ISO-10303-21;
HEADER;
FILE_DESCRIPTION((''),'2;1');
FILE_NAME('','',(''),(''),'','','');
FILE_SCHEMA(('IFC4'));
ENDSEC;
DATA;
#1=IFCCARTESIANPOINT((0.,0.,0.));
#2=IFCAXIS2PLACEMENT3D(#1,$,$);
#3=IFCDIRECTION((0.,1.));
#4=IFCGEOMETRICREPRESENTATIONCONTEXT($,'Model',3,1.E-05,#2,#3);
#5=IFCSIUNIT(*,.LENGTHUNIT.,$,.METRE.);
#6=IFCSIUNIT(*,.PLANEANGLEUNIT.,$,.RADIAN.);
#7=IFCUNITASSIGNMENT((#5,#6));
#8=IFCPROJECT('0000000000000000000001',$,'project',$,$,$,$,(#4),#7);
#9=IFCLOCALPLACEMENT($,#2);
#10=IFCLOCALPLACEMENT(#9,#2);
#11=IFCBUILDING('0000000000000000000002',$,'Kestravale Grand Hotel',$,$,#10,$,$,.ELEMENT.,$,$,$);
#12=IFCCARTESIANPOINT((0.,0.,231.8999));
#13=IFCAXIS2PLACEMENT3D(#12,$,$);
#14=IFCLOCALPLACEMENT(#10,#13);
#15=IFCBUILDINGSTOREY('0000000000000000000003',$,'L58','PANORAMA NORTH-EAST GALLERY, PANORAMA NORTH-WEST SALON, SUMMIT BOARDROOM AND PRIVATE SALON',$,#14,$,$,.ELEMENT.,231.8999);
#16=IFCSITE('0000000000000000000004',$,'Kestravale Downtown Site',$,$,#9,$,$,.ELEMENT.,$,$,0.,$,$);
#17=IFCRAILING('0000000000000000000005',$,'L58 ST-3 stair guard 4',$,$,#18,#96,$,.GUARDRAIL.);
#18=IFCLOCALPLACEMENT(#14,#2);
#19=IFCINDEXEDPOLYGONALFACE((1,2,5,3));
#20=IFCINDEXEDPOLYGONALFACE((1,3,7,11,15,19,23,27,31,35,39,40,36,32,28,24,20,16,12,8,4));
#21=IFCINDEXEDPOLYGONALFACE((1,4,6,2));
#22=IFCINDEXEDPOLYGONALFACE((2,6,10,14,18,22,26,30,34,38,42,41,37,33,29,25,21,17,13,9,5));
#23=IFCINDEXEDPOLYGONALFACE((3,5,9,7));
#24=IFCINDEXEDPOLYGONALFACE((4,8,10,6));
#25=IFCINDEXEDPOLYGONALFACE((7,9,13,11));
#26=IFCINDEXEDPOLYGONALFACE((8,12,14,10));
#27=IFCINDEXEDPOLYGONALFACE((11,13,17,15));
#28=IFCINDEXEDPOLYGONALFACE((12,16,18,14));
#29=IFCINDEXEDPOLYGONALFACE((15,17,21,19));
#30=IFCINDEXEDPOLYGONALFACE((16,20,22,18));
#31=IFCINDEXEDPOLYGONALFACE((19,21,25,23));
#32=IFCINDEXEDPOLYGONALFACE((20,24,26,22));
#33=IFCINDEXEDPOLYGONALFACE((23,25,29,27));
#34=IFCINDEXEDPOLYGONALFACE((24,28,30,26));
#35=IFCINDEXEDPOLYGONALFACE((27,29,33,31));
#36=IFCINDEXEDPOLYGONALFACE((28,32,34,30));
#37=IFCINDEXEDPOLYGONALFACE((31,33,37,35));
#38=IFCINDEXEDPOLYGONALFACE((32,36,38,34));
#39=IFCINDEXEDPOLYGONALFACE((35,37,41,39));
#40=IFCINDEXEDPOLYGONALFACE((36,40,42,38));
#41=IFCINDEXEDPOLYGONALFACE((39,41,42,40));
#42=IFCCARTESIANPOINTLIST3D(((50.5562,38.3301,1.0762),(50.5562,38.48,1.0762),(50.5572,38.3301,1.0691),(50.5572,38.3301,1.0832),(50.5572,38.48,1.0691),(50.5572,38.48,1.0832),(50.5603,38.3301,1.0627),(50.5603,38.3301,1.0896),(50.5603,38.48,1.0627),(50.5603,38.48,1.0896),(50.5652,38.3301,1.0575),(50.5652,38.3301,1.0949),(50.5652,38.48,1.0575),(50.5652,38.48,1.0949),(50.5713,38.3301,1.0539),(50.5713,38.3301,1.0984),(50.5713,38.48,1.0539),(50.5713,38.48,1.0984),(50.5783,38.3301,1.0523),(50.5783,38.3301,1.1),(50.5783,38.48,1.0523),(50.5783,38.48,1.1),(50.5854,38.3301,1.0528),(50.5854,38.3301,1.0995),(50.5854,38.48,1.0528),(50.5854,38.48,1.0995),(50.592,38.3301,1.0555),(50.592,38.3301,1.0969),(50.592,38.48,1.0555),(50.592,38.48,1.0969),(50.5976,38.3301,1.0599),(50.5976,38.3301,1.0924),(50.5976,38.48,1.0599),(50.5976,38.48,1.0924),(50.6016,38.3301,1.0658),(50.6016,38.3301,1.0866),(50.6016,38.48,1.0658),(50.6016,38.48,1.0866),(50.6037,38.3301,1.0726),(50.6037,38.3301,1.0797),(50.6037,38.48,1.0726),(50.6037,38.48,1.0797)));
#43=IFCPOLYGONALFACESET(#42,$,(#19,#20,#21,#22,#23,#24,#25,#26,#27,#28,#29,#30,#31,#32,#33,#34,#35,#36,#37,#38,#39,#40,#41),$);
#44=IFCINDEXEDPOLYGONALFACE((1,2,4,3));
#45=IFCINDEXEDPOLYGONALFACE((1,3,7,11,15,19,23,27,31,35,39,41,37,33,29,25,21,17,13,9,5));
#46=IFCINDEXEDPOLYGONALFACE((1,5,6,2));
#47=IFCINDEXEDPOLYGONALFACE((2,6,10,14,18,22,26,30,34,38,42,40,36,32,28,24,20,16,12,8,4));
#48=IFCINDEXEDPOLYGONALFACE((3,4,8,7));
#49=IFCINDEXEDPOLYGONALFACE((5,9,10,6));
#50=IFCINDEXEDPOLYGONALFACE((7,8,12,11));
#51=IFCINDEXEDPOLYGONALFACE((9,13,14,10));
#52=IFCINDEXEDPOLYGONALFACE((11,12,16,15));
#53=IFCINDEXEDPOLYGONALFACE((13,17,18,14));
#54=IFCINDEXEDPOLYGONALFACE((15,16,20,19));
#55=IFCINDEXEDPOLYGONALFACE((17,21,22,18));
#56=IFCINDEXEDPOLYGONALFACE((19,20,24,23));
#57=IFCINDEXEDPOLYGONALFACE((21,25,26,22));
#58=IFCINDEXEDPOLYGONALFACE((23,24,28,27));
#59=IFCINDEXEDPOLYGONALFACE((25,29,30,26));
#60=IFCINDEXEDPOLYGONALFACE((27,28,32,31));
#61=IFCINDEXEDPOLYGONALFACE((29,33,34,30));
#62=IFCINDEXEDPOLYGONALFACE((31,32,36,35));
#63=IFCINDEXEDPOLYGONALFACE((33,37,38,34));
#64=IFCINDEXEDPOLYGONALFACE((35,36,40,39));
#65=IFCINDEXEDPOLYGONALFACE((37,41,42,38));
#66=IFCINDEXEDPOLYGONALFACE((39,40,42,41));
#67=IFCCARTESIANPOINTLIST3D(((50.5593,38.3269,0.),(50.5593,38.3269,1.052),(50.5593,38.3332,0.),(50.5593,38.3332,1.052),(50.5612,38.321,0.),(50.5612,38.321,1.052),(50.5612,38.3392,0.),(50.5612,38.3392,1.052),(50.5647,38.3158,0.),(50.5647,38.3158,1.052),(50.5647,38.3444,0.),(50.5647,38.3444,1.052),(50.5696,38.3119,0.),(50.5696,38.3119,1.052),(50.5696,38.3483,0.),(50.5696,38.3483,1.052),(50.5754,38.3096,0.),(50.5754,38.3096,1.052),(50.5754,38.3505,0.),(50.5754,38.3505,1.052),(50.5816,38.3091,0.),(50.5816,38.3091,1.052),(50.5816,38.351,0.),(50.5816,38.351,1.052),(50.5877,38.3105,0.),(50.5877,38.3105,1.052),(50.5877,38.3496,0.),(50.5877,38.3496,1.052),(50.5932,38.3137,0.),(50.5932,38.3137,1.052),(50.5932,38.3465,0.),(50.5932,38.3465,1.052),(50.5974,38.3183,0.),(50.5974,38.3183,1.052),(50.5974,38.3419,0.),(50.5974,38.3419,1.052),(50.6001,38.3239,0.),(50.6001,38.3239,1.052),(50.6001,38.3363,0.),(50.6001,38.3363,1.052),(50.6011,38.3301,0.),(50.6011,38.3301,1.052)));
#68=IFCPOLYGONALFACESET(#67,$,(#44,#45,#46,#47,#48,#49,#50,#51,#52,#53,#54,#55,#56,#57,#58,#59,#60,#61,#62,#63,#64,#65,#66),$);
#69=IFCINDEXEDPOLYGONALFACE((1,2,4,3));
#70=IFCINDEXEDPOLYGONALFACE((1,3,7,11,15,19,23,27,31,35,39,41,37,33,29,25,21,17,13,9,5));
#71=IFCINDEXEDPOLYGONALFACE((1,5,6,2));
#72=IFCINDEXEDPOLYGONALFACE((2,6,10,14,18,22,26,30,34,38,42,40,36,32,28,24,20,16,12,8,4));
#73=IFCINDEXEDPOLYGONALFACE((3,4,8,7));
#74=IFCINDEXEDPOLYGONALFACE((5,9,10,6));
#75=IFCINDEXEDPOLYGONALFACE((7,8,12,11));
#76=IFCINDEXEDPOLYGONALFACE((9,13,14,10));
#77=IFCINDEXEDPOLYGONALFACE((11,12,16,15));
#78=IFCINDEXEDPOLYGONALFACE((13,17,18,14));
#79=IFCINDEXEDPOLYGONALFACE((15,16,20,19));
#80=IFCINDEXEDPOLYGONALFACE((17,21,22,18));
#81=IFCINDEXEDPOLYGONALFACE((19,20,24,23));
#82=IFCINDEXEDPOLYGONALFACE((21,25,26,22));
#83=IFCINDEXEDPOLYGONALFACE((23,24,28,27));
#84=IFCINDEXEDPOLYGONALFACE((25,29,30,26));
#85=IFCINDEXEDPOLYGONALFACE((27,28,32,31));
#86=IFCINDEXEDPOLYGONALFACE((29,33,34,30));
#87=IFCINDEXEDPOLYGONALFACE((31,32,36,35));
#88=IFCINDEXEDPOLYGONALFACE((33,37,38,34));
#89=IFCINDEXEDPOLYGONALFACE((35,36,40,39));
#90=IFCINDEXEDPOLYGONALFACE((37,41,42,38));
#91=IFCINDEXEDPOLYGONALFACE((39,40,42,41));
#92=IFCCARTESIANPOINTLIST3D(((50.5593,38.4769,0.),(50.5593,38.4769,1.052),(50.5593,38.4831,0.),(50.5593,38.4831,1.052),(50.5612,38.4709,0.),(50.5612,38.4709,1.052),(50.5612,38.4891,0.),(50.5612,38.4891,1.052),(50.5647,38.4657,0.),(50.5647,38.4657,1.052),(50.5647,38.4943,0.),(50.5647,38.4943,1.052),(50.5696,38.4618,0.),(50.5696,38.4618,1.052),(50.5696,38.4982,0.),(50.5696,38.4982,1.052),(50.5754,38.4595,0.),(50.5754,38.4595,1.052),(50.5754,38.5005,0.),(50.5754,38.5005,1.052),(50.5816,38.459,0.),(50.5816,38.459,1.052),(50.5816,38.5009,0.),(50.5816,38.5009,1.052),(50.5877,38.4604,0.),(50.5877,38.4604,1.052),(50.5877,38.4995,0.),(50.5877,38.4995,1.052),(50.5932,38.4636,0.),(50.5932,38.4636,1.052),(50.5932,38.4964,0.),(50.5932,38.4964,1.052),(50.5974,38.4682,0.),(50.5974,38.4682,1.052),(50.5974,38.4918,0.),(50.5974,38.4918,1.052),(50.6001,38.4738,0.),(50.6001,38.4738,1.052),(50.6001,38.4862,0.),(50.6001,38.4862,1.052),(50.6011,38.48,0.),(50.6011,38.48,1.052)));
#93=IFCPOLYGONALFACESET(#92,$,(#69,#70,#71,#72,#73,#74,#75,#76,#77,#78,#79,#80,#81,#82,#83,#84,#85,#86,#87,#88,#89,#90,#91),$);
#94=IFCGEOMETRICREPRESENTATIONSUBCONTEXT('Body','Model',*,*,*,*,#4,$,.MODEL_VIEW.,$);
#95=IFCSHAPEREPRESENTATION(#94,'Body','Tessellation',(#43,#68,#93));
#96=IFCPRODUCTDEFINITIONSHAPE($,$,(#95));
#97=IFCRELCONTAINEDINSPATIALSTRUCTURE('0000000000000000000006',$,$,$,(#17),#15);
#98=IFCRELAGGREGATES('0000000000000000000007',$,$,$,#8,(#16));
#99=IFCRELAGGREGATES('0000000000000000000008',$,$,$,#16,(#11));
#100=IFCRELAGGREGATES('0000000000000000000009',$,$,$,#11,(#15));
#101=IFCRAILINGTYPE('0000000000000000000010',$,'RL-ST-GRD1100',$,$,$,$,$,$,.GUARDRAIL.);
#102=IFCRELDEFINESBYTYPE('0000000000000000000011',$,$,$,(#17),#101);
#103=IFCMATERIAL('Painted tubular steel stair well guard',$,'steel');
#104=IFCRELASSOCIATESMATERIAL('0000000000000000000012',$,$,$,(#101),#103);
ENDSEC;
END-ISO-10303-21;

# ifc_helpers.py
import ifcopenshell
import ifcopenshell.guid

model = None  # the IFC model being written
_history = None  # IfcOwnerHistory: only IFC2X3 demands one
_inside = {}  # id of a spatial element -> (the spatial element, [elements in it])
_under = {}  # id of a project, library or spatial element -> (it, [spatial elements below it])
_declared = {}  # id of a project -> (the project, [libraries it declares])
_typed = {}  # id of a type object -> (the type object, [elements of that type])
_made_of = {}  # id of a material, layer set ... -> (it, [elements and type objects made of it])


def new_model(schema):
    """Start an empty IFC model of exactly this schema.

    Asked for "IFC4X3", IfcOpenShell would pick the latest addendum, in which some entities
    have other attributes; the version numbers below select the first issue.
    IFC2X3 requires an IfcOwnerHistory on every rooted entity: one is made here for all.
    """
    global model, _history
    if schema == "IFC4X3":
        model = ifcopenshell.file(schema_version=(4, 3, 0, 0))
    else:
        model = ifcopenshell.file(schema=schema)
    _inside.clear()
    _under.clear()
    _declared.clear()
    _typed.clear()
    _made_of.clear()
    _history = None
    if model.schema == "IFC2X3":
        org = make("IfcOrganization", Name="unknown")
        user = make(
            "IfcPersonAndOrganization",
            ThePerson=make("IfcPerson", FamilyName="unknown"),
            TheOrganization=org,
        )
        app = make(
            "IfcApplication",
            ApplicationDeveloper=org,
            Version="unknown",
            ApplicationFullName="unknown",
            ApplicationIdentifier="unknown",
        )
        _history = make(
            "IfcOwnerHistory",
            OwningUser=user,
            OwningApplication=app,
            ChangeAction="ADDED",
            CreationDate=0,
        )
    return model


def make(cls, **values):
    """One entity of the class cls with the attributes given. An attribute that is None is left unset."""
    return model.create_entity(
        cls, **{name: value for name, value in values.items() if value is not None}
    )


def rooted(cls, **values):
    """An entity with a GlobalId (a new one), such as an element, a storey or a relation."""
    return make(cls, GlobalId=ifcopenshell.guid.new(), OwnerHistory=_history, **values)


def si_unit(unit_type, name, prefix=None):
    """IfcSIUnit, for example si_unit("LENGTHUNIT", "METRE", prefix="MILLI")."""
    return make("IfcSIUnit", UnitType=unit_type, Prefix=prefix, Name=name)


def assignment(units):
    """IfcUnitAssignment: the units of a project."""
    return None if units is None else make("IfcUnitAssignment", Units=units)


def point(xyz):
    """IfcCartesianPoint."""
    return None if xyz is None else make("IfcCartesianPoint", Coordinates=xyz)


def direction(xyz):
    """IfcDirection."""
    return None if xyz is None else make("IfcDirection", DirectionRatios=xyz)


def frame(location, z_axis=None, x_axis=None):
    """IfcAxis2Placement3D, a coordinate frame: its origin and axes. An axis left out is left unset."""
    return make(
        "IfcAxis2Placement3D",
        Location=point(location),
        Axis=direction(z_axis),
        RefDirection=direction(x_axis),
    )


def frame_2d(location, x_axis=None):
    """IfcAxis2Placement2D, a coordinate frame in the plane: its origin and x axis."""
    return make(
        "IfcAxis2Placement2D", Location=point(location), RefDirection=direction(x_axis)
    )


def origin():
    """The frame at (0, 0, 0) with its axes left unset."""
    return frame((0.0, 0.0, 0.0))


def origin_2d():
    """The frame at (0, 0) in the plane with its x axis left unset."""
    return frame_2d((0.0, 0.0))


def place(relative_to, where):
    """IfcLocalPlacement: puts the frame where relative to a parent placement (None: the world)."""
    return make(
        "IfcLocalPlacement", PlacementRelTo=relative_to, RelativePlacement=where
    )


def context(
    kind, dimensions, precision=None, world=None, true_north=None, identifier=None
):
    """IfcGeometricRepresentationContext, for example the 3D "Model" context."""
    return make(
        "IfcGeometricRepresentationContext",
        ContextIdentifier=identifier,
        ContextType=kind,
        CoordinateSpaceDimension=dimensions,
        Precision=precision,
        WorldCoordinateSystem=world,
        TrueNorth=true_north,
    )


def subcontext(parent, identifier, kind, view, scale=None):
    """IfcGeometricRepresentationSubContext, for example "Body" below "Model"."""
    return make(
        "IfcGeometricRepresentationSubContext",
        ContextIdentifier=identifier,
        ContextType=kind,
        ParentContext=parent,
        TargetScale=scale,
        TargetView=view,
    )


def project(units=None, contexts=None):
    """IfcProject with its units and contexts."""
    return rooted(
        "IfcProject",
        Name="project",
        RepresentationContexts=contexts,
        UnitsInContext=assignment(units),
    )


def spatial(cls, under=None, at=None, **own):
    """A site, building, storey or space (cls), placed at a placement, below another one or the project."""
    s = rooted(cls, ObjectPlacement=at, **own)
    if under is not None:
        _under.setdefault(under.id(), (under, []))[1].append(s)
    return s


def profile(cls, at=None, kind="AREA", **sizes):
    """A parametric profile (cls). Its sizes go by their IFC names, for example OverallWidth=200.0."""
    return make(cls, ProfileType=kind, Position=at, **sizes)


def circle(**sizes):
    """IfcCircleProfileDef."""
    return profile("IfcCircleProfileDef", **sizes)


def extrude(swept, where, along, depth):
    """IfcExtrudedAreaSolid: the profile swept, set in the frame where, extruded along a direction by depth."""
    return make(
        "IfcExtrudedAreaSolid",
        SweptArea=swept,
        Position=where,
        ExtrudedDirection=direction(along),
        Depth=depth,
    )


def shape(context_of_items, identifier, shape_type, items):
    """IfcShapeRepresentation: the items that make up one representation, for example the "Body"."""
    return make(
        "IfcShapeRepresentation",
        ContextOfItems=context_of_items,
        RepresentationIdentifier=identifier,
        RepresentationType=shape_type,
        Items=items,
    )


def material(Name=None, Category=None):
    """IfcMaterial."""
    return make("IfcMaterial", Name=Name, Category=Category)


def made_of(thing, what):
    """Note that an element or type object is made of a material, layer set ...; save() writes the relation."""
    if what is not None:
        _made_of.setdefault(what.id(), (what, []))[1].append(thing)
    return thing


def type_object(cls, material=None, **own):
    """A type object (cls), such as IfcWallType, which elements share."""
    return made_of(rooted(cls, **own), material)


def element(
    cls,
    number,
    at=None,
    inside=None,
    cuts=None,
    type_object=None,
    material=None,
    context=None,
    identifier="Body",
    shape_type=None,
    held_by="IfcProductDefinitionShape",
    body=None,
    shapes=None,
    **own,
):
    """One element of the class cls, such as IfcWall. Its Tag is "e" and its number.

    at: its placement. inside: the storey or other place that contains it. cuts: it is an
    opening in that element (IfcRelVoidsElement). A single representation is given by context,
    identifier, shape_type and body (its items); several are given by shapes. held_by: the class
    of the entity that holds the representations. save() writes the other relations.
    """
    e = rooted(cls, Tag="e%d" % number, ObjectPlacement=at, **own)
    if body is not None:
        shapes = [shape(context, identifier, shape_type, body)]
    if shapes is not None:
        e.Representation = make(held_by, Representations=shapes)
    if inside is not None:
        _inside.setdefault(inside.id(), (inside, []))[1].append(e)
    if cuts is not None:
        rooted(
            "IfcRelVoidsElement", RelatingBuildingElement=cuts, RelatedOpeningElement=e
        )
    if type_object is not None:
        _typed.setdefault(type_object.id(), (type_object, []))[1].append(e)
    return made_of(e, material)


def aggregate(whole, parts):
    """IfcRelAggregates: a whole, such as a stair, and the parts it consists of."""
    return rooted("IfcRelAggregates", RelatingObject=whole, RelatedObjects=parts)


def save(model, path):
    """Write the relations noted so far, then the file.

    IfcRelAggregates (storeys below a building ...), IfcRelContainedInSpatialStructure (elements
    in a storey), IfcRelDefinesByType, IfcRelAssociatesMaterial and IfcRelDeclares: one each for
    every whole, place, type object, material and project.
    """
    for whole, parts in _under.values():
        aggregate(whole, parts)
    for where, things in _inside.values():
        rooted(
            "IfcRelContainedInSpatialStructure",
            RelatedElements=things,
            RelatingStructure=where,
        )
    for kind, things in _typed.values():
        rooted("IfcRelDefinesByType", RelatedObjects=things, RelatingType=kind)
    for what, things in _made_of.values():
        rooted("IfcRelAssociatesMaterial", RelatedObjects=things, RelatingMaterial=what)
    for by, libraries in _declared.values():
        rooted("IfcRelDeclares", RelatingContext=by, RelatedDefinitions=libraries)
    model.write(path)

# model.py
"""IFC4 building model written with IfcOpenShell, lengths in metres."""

from ifc_helpers import new_model, si_unit, direction, frame, origin, origin_2d, place, context, subcontext, project, spatial, circle, extrude, material, type_object, element, save


model = new_model("IFC4")

# Units and contexts
model_context = context("Model", 3, precision=1e-05, world=origin(), true_north=direction((0.0, 1.0)))
body_context = subcontext(model_context, "Body", "Model", "MODEL_VIEW")
ifc_project = project(units=[si_unit("LENGTHUNIT", "METRE"), si_unit("PLANEANGLEUNIT", "RADIAN")], contexts=[model_context])

# Site, building, storey
site_placement = place(None, origin())
site = spatial("IfcSite", under=ifc_project, at=site_placement, Name="Kestravale Downtown Site", CompositionType="ELEMENT", RefElevation=0.0)
building_placement = place(site_placement, origin())
building = spatial("IfcBuilding", under=site, at=building_placement, Name="Kestravale Grand Hotel", CompositionType="ELEMENT")
storey_placement = place(building_placement, frame((0.0, 0.0, 231.8999)))
storey = spatial("IfcBuildingStorey", under=building, at=storey_placement, Name="L58", Description="PANORAMA NORTH-EAST GALLERY, PANORAMA NORTH-WEST SALON, SUMMIT BOARDROOM AND PRIVATE SALON", CompositionType="ELEMENT", Elevation=231.8999)

# Railing
ifc_material_1 = material(Name="Painted tubular steel stair well guard", Category="steel")
railing_type_1 = type_object("IfcRailingType", Name="RL-ST-GRD1100", PredefinedType="GUARDRAIL", material=ifc_material_1)
railing_1_placement = place(storey_placement, frame((50.5801, 38.3301, 0.0)))
element("IfcRailing", 1, at=railing_1_placement, inside=storey, type_object=railing_type_1, Name="L58 ST-3 stair guard 4", PredefinedType="GUARDRAIL", context=body_context, shape_type="SweptSolid", body=[
    extrude(circle(Radius=0.0239, at=origin_2d()), frame((0.0, 0.0, 1.0762), z_axis=(0.0, 1.0, 0.0), x_axis=(-1.0, 0.0, 0.0)), (0.0, 0.0, 1.0), 0.1499),
    extrude(circle(Radius=0.021, at=origin_2d()), origin(), (0.0, 0.0, 1.0), 1.052),
    extrude(circle(Radius=0.021, at=origin_2d()), frame((0.0, 0.1499, 0.0)), (0.0, 0.0, 1.0), 1.052),
])

save(model, "model.ifc")
